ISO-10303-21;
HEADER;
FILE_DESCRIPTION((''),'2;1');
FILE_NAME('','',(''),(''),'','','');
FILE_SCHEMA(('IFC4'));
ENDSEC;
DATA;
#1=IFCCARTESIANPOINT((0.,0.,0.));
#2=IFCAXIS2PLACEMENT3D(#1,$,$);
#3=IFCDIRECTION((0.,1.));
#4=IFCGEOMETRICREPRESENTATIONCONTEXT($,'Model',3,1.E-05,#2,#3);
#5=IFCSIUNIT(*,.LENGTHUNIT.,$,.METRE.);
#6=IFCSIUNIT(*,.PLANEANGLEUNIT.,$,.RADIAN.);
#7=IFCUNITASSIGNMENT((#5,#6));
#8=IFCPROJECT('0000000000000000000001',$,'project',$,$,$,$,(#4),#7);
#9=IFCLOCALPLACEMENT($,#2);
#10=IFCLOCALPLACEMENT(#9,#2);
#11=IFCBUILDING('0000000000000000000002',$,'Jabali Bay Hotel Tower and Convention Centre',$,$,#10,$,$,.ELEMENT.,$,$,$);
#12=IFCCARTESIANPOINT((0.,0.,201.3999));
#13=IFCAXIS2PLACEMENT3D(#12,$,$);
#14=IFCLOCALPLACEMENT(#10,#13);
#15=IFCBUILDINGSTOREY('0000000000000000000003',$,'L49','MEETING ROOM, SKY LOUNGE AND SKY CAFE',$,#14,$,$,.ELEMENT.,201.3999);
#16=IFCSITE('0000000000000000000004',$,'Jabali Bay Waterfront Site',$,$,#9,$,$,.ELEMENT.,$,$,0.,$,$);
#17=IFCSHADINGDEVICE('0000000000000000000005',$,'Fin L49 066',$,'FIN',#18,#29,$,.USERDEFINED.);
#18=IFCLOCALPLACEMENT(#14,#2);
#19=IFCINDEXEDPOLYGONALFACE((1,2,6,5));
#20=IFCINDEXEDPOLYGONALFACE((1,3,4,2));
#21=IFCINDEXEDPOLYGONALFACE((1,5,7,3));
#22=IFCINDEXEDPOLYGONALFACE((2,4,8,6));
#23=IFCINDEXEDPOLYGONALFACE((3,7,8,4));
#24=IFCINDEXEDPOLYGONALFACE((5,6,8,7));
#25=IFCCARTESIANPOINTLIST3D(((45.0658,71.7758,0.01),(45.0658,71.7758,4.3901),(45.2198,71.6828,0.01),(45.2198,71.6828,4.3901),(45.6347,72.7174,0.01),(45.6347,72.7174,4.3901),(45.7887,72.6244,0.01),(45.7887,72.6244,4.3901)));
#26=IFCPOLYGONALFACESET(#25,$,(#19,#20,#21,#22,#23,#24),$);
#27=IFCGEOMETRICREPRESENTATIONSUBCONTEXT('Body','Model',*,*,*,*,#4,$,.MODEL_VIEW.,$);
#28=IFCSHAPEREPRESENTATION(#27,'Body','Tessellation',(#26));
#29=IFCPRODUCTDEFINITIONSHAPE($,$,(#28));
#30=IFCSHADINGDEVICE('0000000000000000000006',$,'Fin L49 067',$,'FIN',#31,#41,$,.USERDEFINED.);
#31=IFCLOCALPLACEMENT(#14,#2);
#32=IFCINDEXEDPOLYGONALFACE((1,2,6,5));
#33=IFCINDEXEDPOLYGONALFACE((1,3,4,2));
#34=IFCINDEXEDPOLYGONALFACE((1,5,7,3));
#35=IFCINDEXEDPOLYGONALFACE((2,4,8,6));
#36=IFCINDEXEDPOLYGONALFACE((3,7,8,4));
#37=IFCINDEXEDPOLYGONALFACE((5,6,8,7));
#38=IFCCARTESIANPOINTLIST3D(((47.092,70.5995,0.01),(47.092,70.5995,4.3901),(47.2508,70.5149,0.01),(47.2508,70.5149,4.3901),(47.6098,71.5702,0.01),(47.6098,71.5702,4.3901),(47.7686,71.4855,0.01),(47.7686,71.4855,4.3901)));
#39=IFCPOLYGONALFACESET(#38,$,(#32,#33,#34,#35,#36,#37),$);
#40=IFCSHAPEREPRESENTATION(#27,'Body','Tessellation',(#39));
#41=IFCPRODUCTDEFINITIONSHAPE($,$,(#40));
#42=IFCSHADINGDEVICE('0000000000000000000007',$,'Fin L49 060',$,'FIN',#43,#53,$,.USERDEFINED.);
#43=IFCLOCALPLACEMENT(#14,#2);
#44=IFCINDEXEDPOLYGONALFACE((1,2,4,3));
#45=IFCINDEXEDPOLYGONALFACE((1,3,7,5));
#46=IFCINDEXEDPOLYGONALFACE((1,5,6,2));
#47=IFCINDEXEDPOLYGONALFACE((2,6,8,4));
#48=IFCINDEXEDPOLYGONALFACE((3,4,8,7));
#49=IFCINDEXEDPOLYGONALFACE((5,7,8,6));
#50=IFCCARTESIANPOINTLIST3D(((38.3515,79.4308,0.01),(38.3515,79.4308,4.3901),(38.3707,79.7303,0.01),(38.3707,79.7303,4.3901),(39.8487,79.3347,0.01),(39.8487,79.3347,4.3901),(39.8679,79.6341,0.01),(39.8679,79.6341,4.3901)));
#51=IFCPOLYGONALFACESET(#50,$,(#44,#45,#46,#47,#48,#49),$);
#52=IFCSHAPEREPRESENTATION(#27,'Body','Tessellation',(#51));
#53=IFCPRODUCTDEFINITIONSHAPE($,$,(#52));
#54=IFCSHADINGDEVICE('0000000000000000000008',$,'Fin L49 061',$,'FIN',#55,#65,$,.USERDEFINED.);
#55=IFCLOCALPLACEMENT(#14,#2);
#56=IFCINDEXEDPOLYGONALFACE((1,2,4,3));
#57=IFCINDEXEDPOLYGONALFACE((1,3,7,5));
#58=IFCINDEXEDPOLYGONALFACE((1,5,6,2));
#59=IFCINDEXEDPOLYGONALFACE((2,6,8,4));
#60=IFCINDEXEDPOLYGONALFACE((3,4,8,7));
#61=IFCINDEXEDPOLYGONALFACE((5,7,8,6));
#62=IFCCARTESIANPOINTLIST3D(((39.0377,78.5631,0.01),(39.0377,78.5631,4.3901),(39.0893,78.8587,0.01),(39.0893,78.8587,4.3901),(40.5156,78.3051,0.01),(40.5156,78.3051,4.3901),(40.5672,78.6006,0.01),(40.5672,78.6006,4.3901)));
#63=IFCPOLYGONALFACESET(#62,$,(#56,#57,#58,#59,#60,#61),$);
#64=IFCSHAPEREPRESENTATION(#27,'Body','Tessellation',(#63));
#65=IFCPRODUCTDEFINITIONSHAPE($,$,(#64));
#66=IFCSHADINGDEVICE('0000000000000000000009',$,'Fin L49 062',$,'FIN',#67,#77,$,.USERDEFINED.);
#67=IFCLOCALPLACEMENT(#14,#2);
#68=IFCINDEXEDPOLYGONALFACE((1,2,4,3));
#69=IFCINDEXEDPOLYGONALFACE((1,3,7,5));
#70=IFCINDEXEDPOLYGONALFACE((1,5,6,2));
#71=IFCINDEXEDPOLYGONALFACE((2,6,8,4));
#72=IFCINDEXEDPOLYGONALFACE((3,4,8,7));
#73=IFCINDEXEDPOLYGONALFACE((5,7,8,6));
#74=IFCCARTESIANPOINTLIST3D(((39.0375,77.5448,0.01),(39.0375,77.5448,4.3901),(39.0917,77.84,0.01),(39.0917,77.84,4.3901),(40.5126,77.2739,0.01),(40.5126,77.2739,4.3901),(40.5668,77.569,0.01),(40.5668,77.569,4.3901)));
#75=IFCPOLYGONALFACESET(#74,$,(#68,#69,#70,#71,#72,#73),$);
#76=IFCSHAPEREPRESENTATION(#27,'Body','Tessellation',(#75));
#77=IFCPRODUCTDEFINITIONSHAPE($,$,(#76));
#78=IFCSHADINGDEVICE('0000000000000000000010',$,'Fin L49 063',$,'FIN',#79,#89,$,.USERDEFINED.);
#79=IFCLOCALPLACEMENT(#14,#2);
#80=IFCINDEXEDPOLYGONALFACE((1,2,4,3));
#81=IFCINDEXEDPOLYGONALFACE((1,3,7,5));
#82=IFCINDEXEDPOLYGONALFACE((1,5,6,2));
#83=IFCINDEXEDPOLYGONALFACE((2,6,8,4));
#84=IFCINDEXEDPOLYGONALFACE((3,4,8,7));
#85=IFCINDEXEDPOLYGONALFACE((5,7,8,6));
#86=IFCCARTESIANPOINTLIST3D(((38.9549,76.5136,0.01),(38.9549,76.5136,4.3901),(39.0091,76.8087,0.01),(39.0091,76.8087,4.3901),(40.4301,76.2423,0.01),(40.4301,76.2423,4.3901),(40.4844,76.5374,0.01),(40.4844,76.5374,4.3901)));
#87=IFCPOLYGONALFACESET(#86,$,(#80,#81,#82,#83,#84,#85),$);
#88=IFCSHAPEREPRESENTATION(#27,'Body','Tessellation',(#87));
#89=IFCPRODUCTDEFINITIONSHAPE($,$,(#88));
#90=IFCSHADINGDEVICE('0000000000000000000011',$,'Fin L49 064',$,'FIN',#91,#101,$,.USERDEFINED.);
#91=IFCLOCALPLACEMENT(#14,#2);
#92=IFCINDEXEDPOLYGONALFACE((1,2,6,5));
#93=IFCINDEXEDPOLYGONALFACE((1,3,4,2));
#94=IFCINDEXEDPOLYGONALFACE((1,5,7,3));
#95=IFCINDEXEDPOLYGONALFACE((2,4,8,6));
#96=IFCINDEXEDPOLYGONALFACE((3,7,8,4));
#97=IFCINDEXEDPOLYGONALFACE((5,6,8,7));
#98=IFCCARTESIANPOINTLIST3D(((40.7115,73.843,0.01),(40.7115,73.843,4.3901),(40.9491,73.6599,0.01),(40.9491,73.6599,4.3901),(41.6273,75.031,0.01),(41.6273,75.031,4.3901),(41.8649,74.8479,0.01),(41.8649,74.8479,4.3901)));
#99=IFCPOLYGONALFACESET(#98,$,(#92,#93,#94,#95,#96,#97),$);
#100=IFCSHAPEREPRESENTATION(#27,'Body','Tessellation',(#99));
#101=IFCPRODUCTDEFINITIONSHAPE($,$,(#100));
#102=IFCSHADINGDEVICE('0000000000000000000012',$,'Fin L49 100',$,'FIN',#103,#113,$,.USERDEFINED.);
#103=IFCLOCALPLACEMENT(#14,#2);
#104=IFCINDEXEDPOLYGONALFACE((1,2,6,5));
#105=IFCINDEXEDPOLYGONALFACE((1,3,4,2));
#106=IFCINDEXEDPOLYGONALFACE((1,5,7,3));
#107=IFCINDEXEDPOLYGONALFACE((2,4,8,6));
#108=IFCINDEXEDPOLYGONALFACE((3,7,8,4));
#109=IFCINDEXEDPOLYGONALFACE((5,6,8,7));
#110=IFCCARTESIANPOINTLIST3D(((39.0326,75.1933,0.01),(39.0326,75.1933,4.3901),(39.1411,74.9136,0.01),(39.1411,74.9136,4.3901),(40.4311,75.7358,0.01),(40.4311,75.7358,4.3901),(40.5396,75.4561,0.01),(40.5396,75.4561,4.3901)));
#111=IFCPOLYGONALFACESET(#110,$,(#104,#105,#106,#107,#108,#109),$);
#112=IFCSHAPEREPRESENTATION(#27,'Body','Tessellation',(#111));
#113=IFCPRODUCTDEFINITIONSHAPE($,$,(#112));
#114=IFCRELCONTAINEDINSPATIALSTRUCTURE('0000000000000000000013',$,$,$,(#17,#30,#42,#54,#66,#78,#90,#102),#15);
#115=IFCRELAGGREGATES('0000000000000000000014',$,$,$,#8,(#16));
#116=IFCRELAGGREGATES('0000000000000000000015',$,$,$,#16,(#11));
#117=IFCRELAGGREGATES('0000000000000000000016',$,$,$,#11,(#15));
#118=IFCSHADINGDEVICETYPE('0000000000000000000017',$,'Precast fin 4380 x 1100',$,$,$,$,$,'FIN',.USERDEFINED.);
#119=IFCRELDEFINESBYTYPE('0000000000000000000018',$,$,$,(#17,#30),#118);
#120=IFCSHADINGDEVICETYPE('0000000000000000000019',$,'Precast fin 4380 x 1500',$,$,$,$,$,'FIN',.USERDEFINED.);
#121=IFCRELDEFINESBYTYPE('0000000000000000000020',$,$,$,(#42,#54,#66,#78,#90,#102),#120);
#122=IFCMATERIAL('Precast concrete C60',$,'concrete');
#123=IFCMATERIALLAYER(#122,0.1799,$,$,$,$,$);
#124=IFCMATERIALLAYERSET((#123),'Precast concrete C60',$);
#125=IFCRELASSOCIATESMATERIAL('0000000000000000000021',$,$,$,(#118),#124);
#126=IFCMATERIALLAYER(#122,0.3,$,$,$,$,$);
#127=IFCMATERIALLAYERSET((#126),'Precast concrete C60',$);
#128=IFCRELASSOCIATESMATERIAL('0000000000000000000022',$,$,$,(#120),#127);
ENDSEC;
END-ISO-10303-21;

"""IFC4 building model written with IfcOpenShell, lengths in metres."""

from ifc_helpers import new_model, si_unit, direction, frame, frame_2d, origin, place, context, subcontext, project, spatial, rectangle, extrude, material, layer, layer_set, type_object, element, save


model = new_model("IFC4")

# Units and contexts
model_context = context("Model", 3, precision=1e-05, world=origin(), true_north=direction((0.0, 1.0)))
body_context = subcontext(model_context, "Body", "Model", "MODEL_VIEW")
ifc_project = project(units=[si_unit("LENGTHUNIT", "METRE"), si_unit("PLANEANGLEUNIT", "RADIAN")], contexts=[model_context])

# Site, building, storey
site_placement = place(None, origin())
site = spatial("IfcSite", under=ifc_project, at=site_placement, Name="Jabali Bay Waterfront Site", CompositionType="ELEMENT", RefElevation=0.0)
building_placement = place(site_placement, origin())
building = spatial("IfcBuilding", under=site, at=building_placement, Name="Jabali Bay Hotel Tower and Convention Centre", CompositionType="ELEMENT")
storey_placement = place(building_placement, frame((0.0, 0.0, 201.3999)))
storey = spatial("IfcBuildingStorey", under=building, at=storey_placement, Name="L49", Description="MEETING ROOM, SKY LOUNGE AND SKY CAFE", CompositionType="ELEMENT", Elevation=201.3999)

# Shading devices
ifc_material_1 = material(Name="Precast concrete C60", Category="concrete")
ifc_layer_1 = layer(ifc_material_1, 0.1799)
ifc_layer_set_1 = layer_set([ifc_layer_1], Name="Precast concrete C60")
shading_device_type_1 = type_object("IfcShadingDeviceType", Name="Precast fin 4380 x 1100", ElementType="FIN", PredefinedType="USERDEFINED", material=ifc_layer_set_1)
for number, where, z_axis, x_axis, name in (
    (1, (45.7117, 72.6709, 0.01), (0.0, 0.0, 1.0), (-0.517072, -0.855942, 0.0), "Fin L49 066"),
    (2, (47.6892, 71.5278, 0.01), (0.0, 0.0, 1.0), (-0.470669, -0.88231, 0.0), "Fin L49 067"),
):
    element("IfcShadingDevice", number, at=place(storey_placement, frame(where, z_axis=z_axis, x_axis=x_axis)), inside=storey, type_object=shading_device_type_1, Name=name, ObjectType="FIN", PredefinedType="USERDEFINED", context=body_context, shape_type="SweptSolid", body=[
        extrude(rectangle(XDim=1.1001, YDim=0.1799, at=frame_2d((0.55, 0.0))), origin(), (0.0, 0.0, 1.0), 4.3801),
    ])
ifc_layer_2 = layer(ifc_material_1, 0.3)
ifc_layer_set_2 = layer_set([ifc_layer_2], Name="Precast concrete C60")
shading_device_type_2 = type_object("IfcShadingDeviceType", Name="Precast fin 4380 x 1500", ElementType="FIN", PredefinedType="USERDEFINED", material=ifc_layer_set_2)
for number, where, z_axis, x_axis, name in (
    (3, (39.8582, 79.4844, 0.01), (0.0, 0.0, 1.0), (-0.997942, 0.064121, 0.0), "Fin L49 060"),
    (4, (40.5413, 78.4529, 0.01), (0.0, 0.0, 1.0), (-0.985093, 0.172021, 0.0), "Fin L49 061"),
):
    element("IfcShadingDevice", number, at=place(storey_placement, frame(where, z_axis=z_axis, x_axis=x_axis)), inside=storey, type_object=shading_device_type_2, Name=name, ObjectType="FIN", PredefinedType="USERDEFINED", context=body_context, shape_type="SweptSolid", body=[
        extrude(rectangle(XDim=1.5002, YDim=0.3, at=frame_2d((0.75, 0.0))), origin(), (0.0, 0.0, 1.0), 4.3801),
    ])
shading_device_1_placement = place(storey_placement, frame((40.5398, 77.4214, 0.01), z_axis=(0.0, 0.0, 1.0), x_axis=(-0.98354, 0.18069, 0.0)))
element("IfcShadingDevice", 5, at=shading_device_1_placement, inside=storey, type_object=shading_device_type_2, Name="Fin L49 062", ObjectType="FIN", PredefinedType="USERDEFINED", context=body_context, shape_type="SweptSolid", body=[
    extrude(rectangle(XDim=1.4998, YDim=0.3, at=frame_2d((0.75, 0.0))), origin(), (0.0, 0.0, 1.0), 4.3801),
])
for number, where, z_axis, x_axis, name in (
    (6, (40.4573, 76.3899, 0.01), (0.0, 0.0, 1.0), (-0.983516, 0.180819, 0.0), "Fin L49 063"),
    (7, (41.7461, 74.9395, 0.01), (0.0, 0.0, 1.0), (-0.610521, -0.792, 0.0), "Fin L49 064"),
    (8, (40.4854, 75.5959, 0.01), (0.0, 0.0, 1.0), (-0.93231, -0.361661, 0.0), "Fin L49 100"),
):
    element("IfcShadingDevice", number, at=place(storey_placement, frame(where, z_axis=z_axis, x_axis=x_axis)), inside=storey, type_object=shading_device_type_2, Name=name, ObjectType="FIN", PredefinedType="USERDEFINED", context=body_context, shape_type="SweptSolid", body=[
        extrude(rectangle(XDim=1.5, YDim=0.3, at=frame_2d((0.75, 0.0))), origin(), (0.0, 0.0, 1.0), 4.3801),
    ])

save(model, "model.ifc")
